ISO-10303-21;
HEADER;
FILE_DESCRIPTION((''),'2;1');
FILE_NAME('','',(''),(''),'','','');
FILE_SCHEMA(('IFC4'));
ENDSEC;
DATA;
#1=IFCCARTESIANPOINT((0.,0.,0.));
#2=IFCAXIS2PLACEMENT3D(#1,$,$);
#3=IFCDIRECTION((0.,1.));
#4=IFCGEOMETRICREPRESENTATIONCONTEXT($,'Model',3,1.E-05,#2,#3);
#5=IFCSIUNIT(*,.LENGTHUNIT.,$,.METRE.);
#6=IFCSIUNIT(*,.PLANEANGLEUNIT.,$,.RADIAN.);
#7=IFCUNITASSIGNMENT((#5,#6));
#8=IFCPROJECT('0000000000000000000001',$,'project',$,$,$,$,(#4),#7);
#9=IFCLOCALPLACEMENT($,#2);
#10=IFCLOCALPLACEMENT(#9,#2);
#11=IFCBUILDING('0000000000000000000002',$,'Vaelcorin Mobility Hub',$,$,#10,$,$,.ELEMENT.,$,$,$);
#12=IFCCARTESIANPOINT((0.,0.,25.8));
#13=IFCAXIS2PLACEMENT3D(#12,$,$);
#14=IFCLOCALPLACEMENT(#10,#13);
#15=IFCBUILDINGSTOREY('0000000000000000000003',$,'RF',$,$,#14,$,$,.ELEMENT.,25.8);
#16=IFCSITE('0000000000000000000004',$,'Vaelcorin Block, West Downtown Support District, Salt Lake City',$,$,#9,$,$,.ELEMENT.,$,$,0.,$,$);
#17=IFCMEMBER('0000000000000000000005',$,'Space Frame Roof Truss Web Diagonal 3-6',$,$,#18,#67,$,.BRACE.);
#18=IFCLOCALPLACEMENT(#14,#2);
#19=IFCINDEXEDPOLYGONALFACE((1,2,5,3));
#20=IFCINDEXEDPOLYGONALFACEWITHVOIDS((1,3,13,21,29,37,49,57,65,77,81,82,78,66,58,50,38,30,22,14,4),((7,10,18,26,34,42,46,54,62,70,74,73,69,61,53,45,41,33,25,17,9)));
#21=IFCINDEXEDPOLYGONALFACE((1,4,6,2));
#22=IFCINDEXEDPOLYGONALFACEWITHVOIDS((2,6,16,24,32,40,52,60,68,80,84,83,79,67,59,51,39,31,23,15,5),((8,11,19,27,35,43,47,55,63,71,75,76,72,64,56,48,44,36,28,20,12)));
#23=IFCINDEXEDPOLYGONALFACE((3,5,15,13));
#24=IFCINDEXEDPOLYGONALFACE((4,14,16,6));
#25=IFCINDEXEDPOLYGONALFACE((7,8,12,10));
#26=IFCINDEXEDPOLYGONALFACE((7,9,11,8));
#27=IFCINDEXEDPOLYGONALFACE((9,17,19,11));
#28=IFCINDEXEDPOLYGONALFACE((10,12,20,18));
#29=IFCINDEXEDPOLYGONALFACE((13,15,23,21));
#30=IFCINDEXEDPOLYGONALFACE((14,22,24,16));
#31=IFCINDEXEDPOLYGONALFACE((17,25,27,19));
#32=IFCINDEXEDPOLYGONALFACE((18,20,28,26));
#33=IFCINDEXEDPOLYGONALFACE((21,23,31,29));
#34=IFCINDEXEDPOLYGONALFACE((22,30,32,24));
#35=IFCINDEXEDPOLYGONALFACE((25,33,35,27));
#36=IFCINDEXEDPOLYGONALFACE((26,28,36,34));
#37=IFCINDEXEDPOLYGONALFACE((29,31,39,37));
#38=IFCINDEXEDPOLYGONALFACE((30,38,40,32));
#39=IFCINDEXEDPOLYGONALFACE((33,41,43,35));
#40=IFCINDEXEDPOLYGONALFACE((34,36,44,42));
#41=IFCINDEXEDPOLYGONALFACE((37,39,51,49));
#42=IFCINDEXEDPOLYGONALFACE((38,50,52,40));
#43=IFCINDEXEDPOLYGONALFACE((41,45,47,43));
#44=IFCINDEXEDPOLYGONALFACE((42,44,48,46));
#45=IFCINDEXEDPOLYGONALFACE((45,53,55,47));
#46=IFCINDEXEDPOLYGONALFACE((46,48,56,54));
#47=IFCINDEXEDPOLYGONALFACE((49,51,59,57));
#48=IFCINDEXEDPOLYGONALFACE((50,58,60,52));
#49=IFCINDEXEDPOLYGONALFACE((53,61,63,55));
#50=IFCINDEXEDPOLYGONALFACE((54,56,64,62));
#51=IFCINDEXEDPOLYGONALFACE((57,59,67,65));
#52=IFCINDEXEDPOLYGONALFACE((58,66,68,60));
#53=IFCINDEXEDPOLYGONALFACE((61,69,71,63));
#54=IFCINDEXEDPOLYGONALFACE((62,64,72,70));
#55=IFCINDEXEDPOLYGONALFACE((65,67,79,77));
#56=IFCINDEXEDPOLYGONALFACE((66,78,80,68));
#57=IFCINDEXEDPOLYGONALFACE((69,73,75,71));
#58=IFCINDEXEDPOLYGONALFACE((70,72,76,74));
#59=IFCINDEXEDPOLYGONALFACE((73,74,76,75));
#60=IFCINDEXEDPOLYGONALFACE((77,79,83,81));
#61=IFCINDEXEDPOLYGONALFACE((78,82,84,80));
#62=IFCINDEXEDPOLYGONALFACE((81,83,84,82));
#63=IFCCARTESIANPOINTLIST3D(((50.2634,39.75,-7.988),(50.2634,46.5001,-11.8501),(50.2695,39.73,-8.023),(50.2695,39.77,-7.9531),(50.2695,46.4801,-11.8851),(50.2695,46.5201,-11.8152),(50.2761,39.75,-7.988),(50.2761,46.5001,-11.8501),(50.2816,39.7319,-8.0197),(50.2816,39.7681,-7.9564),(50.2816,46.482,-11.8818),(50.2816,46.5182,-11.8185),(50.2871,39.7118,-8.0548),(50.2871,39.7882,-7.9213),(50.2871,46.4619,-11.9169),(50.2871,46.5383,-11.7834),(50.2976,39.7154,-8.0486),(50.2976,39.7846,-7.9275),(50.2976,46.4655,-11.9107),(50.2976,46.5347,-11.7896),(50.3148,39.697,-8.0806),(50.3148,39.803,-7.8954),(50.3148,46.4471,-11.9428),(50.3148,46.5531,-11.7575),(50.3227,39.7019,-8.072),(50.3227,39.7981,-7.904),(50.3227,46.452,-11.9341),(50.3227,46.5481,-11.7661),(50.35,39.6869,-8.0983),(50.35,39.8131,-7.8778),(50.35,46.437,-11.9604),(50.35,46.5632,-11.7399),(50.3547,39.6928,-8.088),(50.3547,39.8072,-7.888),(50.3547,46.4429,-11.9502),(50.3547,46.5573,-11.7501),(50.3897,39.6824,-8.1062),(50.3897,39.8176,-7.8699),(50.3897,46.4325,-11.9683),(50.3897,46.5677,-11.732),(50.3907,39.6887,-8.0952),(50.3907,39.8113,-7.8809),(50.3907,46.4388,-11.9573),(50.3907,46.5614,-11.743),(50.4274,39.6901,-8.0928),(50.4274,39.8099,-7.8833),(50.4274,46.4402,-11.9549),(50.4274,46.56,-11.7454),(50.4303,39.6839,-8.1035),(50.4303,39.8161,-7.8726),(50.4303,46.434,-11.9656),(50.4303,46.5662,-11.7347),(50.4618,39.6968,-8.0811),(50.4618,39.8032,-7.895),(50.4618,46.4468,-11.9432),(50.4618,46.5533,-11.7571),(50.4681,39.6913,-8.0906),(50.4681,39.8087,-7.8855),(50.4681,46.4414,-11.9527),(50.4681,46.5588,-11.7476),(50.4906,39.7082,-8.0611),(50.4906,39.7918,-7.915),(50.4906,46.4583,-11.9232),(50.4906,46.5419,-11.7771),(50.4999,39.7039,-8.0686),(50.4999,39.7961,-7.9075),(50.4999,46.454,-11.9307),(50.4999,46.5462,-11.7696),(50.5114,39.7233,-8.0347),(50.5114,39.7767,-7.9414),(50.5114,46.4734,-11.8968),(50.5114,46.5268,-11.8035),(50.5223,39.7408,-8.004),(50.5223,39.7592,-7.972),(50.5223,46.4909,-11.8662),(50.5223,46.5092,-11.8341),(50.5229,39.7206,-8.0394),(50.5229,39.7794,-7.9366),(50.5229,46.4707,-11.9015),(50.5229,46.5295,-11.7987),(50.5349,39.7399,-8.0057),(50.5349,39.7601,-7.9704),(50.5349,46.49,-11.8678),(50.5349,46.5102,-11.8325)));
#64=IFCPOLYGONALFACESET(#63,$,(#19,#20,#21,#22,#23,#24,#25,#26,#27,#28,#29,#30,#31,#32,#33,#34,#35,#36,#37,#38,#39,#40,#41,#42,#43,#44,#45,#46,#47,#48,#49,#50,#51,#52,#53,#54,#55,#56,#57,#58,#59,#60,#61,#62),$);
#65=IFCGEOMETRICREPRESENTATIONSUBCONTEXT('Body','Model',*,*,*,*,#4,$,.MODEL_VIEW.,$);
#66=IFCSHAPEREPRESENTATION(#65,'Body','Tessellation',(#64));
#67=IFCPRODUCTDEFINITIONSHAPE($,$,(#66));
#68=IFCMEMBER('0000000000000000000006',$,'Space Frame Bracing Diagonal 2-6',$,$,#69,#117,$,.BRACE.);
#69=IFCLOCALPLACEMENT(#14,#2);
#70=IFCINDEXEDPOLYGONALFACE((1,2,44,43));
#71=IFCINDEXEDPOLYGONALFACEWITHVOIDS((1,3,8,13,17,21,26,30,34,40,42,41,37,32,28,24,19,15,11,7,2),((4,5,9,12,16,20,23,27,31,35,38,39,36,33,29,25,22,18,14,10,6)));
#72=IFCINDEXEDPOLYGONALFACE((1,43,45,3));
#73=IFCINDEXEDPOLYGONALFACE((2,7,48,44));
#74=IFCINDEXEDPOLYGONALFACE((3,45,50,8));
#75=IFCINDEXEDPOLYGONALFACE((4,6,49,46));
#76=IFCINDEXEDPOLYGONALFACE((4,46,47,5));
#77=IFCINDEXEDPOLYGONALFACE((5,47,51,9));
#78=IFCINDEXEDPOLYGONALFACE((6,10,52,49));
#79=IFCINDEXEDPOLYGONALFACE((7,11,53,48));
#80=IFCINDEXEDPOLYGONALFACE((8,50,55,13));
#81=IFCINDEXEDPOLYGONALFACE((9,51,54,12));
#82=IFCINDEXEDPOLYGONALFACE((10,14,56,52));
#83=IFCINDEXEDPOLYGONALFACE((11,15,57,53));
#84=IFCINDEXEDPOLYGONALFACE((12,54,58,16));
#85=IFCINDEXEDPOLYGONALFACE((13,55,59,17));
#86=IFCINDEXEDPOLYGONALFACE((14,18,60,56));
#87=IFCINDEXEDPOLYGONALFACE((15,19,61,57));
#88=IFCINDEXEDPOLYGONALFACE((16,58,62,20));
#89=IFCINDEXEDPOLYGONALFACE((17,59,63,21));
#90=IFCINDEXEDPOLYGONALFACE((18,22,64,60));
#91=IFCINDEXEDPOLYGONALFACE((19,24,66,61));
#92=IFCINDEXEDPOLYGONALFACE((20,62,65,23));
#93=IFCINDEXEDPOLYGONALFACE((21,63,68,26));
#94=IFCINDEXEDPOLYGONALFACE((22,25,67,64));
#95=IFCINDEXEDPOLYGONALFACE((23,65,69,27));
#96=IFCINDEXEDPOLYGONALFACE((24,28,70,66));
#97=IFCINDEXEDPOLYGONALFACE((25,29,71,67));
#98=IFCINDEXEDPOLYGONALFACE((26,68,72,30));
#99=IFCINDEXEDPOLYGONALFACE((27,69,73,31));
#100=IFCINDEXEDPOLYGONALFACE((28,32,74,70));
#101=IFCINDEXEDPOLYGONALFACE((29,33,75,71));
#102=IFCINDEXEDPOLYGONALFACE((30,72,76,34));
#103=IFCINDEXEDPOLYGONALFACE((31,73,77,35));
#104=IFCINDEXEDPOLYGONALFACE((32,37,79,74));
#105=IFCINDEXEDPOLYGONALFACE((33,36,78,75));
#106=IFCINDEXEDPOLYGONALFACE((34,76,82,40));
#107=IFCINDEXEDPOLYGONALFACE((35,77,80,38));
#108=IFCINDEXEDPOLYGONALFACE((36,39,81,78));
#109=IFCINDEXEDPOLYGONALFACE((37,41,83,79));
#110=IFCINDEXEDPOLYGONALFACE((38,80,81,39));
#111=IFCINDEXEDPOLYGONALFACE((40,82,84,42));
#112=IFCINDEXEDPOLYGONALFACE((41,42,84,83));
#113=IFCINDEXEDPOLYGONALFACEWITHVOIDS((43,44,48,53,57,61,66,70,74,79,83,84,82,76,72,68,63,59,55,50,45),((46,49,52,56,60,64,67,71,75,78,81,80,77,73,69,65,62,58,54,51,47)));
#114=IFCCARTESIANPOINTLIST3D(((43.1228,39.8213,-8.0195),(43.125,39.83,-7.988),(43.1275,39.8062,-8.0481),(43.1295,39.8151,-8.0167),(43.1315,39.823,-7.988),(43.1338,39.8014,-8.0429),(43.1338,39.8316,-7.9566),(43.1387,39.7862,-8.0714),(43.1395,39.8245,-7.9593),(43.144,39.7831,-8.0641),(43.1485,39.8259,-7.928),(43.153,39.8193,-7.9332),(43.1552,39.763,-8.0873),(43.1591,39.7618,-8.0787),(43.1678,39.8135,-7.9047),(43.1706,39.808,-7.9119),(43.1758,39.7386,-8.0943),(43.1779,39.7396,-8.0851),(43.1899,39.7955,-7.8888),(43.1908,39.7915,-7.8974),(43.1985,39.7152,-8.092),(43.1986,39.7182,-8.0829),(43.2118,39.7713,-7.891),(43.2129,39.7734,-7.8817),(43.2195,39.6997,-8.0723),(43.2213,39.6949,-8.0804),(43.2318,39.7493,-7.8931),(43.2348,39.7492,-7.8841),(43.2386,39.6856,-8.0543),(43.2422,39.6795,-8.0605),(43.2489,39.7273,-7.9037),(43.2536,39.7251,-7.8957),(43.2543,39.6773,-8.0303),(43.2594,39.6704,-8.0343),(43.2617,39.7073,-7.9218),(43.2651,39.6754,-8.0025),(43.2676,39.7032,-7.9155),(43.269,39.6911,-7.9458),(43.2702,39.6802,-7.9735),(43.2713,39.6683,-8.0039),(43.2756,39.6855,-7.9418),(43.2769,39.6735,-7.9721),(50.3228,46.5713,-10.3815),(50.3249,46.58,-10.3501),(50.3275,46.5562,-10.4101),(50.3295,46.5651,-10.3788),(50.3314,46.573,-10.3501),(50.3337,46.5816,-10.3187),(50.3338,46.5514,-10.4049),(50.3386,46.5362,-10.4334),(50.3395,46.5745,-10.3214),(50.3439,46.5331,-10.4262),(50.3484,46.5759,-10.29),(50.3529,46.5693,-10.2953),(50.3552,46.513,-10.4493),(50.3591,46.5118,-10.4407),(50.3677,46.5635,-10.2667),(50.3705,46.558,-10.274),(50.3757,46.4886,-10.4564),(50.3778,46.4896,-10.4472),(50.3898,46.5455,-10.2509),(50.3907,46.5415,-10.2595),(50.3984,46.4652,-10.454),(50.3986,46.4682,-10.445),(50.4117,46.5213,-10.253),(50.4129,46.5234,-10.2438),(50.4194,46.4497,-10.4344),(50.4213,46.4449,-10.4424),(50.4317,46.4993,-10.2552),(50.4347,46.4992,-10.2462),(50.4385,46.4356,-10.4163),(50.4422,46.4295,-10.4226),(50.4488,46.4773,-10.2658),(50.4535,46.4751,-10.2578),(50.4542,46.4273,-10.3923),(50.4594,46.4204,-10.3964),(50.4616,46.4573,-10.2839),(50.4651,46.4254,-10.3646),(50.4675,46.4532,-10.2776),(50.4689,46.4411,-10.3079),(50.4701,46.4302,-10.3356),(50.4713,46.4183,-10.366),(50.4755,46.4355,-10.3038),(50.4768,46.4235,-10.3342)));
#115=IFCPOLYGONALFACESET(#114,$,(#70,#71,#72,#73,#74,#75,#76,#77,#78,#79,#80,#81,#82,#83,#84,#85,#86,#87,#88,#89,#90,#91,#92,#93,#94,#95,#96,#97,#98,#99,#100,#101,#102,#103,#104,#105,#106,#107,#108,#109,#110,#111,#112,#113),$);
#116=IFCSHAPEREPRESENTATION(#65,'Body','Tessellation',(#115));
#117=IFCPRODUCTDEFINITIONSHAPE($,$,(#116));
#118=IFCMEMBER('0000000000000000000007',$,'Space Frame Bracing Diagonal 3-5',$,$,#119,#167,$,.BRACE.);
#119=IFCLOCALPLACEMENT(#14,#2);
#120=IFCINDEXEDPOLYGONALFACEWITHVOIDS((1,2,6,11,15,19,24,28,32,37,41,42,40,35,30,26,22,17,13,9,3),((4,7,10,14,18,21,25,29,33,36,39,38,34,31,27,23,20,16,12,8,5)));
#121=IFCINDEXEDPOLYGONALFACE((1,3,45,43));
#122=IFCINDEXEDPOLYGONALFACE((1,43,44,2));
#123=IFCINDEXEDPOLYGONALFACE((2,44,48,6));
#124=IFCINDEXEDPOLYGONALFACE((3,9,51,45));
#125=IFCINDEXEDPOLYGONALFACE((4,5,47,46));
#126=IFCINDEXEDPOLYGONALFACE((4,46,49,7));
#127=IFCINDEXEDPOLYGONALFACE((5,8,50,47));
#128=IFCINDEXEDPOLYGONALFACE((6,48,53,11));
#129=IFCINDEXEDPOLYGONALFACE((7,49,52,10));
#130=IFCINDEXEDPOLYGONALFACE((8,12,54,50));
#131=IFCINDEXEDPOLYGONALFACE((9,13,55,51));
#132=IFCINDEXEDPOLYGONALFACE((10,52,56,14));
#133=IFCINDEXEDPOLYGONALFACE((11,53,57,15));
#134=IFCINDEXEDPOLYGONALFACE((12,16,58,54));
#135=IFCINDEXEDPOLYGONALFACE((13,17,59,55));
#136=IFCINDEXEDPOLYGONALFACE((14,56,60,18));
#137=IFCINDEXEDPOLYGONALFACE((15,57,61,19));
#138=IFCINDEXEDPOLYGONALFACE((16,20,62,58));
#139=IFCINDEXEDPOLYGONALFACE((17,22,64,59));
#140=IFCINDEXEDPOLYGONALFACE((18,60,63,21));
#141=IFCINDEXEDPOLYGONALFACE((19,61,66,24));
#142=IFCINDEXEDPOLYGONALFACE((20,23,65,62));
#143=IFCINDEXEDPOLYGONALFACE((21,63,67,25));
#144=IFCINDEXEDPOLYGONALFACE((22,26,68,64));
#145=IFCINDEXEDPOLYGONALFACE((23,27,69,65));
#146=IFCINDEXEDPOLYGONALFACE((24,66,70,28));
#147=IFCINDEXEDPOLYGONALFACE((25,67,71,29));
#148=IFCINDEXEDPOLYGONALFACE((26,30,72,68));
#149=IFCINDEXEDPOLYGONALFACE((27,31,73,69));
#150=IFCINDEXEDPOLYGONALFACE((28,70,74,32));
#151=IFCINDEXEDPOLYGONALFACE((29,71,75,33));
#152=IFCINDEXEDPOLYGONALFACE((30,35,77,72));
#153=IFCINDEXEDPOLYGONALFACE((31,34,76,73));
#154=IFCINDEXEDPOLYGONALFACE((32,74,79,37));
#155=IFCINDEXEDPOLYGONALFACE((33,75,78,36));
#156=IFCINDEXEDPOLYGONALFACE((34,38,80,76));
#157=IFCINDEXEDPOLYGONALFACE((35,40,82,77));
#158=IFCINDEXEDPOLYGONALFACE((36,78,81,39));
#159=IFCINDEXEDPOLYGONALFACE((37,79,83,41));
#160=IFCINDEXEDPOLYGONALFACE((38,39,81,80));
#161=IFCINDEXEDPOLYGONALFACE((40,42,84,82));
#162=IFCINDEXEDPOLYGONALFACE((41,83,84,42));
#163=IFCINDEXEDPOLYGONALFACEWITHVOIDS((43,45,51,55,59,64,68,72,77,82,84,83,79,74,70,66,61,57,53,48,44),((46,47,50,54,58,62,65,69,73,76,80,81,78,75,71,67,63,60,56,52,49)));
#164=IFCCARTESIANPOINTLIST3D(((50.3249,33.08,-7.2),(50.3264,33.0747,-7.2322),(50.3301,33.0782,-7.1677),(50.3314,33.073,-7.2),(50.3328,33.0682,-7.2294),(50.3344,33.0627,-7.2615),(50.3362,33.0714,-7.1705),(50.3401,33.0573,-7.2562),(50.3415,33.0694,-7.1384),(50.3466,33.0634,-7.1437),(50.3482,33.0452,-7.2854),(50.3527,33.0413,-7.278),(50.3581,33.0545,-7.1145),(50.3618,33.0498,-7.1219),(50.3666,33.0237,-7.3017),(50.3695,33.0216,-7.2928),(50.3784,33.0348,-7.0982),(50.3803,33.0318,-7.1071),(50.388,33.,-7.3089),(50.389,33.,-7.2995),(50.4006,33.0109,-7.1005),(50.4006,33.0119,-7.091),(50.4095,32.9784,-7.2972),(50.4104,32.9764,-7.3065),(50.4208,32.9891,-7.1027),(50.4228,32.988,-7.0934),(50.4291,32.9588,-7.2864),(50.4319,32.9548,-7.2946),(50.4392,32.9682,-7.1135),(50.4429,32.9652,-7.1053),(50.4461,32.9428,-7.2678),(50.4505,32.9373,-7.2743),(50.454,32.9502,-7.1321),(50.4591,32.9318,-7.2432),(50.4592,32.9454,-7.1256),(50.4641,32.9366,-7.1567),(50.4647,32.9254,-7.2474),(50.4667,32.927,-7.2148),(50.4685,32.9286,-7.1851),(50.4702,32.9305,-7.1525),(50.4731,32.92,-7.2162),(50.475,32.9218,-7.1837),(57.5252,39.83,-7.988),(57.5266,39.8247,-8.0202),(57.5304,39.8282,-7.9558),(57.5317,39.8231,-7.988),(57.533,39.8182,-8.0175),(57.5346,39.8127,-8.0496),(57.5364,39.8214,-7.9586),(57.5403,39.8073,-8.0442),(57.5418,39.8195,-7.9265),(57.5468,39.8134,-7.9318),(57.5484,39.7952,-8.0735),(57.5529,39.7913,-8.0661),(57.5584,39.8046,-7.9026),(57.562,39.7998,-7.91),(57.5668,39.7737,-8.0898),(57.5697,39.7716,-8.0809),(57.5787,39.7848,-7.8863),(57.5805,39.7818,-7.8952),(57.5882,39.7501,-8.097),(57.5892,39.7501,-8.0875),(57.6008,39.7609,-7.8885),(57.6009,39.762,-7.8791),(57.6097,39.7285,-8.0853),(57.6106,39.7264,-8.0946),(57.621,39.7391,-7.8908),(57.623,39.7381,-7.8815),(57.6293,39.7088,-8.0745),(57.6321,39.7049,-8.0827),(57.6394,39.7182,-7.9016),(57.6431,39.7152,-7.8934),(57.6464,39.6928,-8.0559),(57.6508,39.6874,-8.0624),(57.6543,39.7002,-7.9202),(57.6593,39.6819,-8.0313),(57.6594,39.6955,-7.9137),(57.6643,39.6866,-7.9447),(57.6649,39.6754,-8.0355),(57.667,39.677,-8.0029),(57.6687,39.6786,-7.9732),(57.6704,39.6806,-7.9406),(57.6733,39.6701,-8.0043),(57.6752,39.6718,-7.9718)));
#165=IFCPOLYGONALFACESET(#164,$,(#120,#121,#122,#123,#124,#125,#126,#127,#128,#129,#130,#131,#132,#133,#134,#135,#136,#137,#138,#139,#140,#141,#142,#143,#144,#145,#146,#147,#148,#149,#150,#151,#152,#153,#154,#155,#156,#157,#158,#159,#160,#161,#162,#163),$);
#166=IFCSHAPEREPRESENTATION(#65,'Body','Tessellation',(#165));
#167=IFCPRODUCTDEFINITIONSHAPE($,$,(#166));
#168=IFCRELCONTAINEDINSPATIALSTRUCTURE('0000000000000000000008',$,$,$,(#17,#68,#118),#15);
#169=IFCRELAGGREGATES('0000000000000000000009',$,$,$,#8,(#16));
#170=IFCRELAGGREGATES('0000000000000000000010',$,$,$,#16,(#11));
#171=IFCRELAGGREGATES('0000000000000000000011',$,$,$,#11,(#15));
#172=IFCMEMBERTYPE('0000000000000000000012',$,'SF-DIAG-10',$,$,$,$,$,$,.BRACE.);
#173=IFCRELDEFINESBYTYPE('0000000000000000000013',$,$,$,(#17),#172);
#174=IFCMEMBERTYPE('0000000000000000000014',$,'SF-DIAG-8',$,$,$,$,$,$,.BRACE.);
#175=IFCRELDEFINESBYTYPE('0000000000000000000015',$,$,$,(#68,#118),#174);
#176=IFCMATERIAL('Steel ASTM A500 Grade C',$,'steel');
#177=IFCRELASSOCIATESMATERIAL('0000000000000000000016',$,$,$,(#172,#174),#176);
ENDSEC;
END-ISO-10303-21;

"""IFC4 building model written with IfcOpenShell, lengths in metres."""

from ifc_helpers import new_model, si_unit, direction, frame, origin, origin_2d, place, context, subcontext, project, spatial, hollow_circle, extrude, material, material_profile, profile_set, type_object, element, save


model = new_model("IFC4")

# Units and contexts
model_context = context("Model", 3, precision=1e-05, world=origin(), true_north=direction((0.0, 1.0)))
body_context = subcontext(model_context, "Body", "Model", "MODEL_VIEW")
ifc_project = project(units=[si_unit("LENGTHUNIT", "METRE"), si_unit("PLANEANGLEUNIT", "RADIAN")], contexts=[model_context])

# Site, building, storey
site_placement = place(None, origin())
site = spatial("IfcSite", under=ifc_project, at=site_placement, Name="Vaelcorin Block, West Downtown Support District, Salt Lake City", CompositionType="ELEMENT", RefElevation=0.0)
building_placement = place(site_placement, origin())
building = spatial("IfcBuilding", under=site, at=building_placement, Name="Vaelcorin Mobility Hub", CompositionType="ELEMENT")
storey_placement = place(building_placement, frame((0.0, 0.0, 25.8)))
storey = spatial("IfcBuildingStorey", under=building, at=storey_placement, Name="RF", CompositionType="ELEMENT", Elevation=25.8)

# Members
ifc_material_1 = material(Name="Steel ASTM A500 Grade C", Category="steel")
ifc_material_profile_1 = material_profile(ifc_material_1, hollow_circle(Radius=0.1365, WallThickness=0.0127, at=origin_2d()), Name="HSS10.750X0.500")
ifc_profile_set_1 = profile_set([ifc_material_profile_1], Name="Steel ASTM A500 Grade C")
member_type_1 = type_object("IfcMemberType", Name="SF-DIAG-10", PredefinedType="BRACE", material=ifc_profile_set_1)
member_1_placement = place(storey_placement, frame((50.3999, 39.75, -7.988), z_axis=(0.0, 0.867971, -0.496616), x_axis=(-1.0, 0.0, 0.0)))
element("IfcMember", 1, at=member_1_placement, inside=storey, type_object=member_type_1, Name="Space Frame Roof Truss Web Diagonal 3-6", PredefinedType="BRACE", context=body_context, shape_type="SweptSolid", body=[
    extrude(hollow_circle(Radius=0.1365, WallThickness=0.0127, at=origin_2d()), origin(), (0.0, 0.0, 1.0), 7.7769),
])
ifc_material_profile_2 = material_profile(ifc_material_1, hollow_circle(Radius=0.1096, WallThickness=0.0095, at=origin_2d()), Name="HSS8.625X0.375")
ifc_profile_set_2 = profile_set([ifc_material_profile_2], Name="Steel ASTM A500 Grade C")
member_type_2 = type_object("IfcMemberType", Name="SF-DIAG-8", PredefinedType="BRACE", material=ifc_profile_set_2)
member_2_placement = place(storey_placement, frame((43.2, 39.75, -7.988), z_axis=(0.709497, 0.665158, -0.232762), x_axis=(-0.683944, 0.729535, 0.0)))
element("IfcMember", 2, at=member_2_placement, inside=storey, type_object=member_type_2, Name="Space Frame Bracing Diagonal 2-6", PredefinedType="BRACE", context=body_context, shape_type="SweptSolid", body=[
    extrude(hollow_circle(Radius=0.1096, WallThickness=0.0095, at=origin_2d()), origin(), (0.0, 0.0, 1.0), 10.1479),
])
member_3_placement = place(storey_placement, frame((50.3999, 33.0, -7.2), z_axis=(0.727232, 0.681761, -0.079598), x_axis=(-0.683931, 0.729546, 0.0)))
element("IfcMember", 3, at=member_3_placement, inside=storey, type_object=member_type_2, Name="Space Frame Bracing Diagonal 3-5", PredefinedType="BRACE", context=body_context, shape_type="SweptSolid", body=[
    extrude(hollow_circle(Radius=0.1096, WallThickness=0.0095, at=origin_2d()), origin(), (0.0, 0.0, 1.0), 9.9009),
])

save(model, "model.ifc")
